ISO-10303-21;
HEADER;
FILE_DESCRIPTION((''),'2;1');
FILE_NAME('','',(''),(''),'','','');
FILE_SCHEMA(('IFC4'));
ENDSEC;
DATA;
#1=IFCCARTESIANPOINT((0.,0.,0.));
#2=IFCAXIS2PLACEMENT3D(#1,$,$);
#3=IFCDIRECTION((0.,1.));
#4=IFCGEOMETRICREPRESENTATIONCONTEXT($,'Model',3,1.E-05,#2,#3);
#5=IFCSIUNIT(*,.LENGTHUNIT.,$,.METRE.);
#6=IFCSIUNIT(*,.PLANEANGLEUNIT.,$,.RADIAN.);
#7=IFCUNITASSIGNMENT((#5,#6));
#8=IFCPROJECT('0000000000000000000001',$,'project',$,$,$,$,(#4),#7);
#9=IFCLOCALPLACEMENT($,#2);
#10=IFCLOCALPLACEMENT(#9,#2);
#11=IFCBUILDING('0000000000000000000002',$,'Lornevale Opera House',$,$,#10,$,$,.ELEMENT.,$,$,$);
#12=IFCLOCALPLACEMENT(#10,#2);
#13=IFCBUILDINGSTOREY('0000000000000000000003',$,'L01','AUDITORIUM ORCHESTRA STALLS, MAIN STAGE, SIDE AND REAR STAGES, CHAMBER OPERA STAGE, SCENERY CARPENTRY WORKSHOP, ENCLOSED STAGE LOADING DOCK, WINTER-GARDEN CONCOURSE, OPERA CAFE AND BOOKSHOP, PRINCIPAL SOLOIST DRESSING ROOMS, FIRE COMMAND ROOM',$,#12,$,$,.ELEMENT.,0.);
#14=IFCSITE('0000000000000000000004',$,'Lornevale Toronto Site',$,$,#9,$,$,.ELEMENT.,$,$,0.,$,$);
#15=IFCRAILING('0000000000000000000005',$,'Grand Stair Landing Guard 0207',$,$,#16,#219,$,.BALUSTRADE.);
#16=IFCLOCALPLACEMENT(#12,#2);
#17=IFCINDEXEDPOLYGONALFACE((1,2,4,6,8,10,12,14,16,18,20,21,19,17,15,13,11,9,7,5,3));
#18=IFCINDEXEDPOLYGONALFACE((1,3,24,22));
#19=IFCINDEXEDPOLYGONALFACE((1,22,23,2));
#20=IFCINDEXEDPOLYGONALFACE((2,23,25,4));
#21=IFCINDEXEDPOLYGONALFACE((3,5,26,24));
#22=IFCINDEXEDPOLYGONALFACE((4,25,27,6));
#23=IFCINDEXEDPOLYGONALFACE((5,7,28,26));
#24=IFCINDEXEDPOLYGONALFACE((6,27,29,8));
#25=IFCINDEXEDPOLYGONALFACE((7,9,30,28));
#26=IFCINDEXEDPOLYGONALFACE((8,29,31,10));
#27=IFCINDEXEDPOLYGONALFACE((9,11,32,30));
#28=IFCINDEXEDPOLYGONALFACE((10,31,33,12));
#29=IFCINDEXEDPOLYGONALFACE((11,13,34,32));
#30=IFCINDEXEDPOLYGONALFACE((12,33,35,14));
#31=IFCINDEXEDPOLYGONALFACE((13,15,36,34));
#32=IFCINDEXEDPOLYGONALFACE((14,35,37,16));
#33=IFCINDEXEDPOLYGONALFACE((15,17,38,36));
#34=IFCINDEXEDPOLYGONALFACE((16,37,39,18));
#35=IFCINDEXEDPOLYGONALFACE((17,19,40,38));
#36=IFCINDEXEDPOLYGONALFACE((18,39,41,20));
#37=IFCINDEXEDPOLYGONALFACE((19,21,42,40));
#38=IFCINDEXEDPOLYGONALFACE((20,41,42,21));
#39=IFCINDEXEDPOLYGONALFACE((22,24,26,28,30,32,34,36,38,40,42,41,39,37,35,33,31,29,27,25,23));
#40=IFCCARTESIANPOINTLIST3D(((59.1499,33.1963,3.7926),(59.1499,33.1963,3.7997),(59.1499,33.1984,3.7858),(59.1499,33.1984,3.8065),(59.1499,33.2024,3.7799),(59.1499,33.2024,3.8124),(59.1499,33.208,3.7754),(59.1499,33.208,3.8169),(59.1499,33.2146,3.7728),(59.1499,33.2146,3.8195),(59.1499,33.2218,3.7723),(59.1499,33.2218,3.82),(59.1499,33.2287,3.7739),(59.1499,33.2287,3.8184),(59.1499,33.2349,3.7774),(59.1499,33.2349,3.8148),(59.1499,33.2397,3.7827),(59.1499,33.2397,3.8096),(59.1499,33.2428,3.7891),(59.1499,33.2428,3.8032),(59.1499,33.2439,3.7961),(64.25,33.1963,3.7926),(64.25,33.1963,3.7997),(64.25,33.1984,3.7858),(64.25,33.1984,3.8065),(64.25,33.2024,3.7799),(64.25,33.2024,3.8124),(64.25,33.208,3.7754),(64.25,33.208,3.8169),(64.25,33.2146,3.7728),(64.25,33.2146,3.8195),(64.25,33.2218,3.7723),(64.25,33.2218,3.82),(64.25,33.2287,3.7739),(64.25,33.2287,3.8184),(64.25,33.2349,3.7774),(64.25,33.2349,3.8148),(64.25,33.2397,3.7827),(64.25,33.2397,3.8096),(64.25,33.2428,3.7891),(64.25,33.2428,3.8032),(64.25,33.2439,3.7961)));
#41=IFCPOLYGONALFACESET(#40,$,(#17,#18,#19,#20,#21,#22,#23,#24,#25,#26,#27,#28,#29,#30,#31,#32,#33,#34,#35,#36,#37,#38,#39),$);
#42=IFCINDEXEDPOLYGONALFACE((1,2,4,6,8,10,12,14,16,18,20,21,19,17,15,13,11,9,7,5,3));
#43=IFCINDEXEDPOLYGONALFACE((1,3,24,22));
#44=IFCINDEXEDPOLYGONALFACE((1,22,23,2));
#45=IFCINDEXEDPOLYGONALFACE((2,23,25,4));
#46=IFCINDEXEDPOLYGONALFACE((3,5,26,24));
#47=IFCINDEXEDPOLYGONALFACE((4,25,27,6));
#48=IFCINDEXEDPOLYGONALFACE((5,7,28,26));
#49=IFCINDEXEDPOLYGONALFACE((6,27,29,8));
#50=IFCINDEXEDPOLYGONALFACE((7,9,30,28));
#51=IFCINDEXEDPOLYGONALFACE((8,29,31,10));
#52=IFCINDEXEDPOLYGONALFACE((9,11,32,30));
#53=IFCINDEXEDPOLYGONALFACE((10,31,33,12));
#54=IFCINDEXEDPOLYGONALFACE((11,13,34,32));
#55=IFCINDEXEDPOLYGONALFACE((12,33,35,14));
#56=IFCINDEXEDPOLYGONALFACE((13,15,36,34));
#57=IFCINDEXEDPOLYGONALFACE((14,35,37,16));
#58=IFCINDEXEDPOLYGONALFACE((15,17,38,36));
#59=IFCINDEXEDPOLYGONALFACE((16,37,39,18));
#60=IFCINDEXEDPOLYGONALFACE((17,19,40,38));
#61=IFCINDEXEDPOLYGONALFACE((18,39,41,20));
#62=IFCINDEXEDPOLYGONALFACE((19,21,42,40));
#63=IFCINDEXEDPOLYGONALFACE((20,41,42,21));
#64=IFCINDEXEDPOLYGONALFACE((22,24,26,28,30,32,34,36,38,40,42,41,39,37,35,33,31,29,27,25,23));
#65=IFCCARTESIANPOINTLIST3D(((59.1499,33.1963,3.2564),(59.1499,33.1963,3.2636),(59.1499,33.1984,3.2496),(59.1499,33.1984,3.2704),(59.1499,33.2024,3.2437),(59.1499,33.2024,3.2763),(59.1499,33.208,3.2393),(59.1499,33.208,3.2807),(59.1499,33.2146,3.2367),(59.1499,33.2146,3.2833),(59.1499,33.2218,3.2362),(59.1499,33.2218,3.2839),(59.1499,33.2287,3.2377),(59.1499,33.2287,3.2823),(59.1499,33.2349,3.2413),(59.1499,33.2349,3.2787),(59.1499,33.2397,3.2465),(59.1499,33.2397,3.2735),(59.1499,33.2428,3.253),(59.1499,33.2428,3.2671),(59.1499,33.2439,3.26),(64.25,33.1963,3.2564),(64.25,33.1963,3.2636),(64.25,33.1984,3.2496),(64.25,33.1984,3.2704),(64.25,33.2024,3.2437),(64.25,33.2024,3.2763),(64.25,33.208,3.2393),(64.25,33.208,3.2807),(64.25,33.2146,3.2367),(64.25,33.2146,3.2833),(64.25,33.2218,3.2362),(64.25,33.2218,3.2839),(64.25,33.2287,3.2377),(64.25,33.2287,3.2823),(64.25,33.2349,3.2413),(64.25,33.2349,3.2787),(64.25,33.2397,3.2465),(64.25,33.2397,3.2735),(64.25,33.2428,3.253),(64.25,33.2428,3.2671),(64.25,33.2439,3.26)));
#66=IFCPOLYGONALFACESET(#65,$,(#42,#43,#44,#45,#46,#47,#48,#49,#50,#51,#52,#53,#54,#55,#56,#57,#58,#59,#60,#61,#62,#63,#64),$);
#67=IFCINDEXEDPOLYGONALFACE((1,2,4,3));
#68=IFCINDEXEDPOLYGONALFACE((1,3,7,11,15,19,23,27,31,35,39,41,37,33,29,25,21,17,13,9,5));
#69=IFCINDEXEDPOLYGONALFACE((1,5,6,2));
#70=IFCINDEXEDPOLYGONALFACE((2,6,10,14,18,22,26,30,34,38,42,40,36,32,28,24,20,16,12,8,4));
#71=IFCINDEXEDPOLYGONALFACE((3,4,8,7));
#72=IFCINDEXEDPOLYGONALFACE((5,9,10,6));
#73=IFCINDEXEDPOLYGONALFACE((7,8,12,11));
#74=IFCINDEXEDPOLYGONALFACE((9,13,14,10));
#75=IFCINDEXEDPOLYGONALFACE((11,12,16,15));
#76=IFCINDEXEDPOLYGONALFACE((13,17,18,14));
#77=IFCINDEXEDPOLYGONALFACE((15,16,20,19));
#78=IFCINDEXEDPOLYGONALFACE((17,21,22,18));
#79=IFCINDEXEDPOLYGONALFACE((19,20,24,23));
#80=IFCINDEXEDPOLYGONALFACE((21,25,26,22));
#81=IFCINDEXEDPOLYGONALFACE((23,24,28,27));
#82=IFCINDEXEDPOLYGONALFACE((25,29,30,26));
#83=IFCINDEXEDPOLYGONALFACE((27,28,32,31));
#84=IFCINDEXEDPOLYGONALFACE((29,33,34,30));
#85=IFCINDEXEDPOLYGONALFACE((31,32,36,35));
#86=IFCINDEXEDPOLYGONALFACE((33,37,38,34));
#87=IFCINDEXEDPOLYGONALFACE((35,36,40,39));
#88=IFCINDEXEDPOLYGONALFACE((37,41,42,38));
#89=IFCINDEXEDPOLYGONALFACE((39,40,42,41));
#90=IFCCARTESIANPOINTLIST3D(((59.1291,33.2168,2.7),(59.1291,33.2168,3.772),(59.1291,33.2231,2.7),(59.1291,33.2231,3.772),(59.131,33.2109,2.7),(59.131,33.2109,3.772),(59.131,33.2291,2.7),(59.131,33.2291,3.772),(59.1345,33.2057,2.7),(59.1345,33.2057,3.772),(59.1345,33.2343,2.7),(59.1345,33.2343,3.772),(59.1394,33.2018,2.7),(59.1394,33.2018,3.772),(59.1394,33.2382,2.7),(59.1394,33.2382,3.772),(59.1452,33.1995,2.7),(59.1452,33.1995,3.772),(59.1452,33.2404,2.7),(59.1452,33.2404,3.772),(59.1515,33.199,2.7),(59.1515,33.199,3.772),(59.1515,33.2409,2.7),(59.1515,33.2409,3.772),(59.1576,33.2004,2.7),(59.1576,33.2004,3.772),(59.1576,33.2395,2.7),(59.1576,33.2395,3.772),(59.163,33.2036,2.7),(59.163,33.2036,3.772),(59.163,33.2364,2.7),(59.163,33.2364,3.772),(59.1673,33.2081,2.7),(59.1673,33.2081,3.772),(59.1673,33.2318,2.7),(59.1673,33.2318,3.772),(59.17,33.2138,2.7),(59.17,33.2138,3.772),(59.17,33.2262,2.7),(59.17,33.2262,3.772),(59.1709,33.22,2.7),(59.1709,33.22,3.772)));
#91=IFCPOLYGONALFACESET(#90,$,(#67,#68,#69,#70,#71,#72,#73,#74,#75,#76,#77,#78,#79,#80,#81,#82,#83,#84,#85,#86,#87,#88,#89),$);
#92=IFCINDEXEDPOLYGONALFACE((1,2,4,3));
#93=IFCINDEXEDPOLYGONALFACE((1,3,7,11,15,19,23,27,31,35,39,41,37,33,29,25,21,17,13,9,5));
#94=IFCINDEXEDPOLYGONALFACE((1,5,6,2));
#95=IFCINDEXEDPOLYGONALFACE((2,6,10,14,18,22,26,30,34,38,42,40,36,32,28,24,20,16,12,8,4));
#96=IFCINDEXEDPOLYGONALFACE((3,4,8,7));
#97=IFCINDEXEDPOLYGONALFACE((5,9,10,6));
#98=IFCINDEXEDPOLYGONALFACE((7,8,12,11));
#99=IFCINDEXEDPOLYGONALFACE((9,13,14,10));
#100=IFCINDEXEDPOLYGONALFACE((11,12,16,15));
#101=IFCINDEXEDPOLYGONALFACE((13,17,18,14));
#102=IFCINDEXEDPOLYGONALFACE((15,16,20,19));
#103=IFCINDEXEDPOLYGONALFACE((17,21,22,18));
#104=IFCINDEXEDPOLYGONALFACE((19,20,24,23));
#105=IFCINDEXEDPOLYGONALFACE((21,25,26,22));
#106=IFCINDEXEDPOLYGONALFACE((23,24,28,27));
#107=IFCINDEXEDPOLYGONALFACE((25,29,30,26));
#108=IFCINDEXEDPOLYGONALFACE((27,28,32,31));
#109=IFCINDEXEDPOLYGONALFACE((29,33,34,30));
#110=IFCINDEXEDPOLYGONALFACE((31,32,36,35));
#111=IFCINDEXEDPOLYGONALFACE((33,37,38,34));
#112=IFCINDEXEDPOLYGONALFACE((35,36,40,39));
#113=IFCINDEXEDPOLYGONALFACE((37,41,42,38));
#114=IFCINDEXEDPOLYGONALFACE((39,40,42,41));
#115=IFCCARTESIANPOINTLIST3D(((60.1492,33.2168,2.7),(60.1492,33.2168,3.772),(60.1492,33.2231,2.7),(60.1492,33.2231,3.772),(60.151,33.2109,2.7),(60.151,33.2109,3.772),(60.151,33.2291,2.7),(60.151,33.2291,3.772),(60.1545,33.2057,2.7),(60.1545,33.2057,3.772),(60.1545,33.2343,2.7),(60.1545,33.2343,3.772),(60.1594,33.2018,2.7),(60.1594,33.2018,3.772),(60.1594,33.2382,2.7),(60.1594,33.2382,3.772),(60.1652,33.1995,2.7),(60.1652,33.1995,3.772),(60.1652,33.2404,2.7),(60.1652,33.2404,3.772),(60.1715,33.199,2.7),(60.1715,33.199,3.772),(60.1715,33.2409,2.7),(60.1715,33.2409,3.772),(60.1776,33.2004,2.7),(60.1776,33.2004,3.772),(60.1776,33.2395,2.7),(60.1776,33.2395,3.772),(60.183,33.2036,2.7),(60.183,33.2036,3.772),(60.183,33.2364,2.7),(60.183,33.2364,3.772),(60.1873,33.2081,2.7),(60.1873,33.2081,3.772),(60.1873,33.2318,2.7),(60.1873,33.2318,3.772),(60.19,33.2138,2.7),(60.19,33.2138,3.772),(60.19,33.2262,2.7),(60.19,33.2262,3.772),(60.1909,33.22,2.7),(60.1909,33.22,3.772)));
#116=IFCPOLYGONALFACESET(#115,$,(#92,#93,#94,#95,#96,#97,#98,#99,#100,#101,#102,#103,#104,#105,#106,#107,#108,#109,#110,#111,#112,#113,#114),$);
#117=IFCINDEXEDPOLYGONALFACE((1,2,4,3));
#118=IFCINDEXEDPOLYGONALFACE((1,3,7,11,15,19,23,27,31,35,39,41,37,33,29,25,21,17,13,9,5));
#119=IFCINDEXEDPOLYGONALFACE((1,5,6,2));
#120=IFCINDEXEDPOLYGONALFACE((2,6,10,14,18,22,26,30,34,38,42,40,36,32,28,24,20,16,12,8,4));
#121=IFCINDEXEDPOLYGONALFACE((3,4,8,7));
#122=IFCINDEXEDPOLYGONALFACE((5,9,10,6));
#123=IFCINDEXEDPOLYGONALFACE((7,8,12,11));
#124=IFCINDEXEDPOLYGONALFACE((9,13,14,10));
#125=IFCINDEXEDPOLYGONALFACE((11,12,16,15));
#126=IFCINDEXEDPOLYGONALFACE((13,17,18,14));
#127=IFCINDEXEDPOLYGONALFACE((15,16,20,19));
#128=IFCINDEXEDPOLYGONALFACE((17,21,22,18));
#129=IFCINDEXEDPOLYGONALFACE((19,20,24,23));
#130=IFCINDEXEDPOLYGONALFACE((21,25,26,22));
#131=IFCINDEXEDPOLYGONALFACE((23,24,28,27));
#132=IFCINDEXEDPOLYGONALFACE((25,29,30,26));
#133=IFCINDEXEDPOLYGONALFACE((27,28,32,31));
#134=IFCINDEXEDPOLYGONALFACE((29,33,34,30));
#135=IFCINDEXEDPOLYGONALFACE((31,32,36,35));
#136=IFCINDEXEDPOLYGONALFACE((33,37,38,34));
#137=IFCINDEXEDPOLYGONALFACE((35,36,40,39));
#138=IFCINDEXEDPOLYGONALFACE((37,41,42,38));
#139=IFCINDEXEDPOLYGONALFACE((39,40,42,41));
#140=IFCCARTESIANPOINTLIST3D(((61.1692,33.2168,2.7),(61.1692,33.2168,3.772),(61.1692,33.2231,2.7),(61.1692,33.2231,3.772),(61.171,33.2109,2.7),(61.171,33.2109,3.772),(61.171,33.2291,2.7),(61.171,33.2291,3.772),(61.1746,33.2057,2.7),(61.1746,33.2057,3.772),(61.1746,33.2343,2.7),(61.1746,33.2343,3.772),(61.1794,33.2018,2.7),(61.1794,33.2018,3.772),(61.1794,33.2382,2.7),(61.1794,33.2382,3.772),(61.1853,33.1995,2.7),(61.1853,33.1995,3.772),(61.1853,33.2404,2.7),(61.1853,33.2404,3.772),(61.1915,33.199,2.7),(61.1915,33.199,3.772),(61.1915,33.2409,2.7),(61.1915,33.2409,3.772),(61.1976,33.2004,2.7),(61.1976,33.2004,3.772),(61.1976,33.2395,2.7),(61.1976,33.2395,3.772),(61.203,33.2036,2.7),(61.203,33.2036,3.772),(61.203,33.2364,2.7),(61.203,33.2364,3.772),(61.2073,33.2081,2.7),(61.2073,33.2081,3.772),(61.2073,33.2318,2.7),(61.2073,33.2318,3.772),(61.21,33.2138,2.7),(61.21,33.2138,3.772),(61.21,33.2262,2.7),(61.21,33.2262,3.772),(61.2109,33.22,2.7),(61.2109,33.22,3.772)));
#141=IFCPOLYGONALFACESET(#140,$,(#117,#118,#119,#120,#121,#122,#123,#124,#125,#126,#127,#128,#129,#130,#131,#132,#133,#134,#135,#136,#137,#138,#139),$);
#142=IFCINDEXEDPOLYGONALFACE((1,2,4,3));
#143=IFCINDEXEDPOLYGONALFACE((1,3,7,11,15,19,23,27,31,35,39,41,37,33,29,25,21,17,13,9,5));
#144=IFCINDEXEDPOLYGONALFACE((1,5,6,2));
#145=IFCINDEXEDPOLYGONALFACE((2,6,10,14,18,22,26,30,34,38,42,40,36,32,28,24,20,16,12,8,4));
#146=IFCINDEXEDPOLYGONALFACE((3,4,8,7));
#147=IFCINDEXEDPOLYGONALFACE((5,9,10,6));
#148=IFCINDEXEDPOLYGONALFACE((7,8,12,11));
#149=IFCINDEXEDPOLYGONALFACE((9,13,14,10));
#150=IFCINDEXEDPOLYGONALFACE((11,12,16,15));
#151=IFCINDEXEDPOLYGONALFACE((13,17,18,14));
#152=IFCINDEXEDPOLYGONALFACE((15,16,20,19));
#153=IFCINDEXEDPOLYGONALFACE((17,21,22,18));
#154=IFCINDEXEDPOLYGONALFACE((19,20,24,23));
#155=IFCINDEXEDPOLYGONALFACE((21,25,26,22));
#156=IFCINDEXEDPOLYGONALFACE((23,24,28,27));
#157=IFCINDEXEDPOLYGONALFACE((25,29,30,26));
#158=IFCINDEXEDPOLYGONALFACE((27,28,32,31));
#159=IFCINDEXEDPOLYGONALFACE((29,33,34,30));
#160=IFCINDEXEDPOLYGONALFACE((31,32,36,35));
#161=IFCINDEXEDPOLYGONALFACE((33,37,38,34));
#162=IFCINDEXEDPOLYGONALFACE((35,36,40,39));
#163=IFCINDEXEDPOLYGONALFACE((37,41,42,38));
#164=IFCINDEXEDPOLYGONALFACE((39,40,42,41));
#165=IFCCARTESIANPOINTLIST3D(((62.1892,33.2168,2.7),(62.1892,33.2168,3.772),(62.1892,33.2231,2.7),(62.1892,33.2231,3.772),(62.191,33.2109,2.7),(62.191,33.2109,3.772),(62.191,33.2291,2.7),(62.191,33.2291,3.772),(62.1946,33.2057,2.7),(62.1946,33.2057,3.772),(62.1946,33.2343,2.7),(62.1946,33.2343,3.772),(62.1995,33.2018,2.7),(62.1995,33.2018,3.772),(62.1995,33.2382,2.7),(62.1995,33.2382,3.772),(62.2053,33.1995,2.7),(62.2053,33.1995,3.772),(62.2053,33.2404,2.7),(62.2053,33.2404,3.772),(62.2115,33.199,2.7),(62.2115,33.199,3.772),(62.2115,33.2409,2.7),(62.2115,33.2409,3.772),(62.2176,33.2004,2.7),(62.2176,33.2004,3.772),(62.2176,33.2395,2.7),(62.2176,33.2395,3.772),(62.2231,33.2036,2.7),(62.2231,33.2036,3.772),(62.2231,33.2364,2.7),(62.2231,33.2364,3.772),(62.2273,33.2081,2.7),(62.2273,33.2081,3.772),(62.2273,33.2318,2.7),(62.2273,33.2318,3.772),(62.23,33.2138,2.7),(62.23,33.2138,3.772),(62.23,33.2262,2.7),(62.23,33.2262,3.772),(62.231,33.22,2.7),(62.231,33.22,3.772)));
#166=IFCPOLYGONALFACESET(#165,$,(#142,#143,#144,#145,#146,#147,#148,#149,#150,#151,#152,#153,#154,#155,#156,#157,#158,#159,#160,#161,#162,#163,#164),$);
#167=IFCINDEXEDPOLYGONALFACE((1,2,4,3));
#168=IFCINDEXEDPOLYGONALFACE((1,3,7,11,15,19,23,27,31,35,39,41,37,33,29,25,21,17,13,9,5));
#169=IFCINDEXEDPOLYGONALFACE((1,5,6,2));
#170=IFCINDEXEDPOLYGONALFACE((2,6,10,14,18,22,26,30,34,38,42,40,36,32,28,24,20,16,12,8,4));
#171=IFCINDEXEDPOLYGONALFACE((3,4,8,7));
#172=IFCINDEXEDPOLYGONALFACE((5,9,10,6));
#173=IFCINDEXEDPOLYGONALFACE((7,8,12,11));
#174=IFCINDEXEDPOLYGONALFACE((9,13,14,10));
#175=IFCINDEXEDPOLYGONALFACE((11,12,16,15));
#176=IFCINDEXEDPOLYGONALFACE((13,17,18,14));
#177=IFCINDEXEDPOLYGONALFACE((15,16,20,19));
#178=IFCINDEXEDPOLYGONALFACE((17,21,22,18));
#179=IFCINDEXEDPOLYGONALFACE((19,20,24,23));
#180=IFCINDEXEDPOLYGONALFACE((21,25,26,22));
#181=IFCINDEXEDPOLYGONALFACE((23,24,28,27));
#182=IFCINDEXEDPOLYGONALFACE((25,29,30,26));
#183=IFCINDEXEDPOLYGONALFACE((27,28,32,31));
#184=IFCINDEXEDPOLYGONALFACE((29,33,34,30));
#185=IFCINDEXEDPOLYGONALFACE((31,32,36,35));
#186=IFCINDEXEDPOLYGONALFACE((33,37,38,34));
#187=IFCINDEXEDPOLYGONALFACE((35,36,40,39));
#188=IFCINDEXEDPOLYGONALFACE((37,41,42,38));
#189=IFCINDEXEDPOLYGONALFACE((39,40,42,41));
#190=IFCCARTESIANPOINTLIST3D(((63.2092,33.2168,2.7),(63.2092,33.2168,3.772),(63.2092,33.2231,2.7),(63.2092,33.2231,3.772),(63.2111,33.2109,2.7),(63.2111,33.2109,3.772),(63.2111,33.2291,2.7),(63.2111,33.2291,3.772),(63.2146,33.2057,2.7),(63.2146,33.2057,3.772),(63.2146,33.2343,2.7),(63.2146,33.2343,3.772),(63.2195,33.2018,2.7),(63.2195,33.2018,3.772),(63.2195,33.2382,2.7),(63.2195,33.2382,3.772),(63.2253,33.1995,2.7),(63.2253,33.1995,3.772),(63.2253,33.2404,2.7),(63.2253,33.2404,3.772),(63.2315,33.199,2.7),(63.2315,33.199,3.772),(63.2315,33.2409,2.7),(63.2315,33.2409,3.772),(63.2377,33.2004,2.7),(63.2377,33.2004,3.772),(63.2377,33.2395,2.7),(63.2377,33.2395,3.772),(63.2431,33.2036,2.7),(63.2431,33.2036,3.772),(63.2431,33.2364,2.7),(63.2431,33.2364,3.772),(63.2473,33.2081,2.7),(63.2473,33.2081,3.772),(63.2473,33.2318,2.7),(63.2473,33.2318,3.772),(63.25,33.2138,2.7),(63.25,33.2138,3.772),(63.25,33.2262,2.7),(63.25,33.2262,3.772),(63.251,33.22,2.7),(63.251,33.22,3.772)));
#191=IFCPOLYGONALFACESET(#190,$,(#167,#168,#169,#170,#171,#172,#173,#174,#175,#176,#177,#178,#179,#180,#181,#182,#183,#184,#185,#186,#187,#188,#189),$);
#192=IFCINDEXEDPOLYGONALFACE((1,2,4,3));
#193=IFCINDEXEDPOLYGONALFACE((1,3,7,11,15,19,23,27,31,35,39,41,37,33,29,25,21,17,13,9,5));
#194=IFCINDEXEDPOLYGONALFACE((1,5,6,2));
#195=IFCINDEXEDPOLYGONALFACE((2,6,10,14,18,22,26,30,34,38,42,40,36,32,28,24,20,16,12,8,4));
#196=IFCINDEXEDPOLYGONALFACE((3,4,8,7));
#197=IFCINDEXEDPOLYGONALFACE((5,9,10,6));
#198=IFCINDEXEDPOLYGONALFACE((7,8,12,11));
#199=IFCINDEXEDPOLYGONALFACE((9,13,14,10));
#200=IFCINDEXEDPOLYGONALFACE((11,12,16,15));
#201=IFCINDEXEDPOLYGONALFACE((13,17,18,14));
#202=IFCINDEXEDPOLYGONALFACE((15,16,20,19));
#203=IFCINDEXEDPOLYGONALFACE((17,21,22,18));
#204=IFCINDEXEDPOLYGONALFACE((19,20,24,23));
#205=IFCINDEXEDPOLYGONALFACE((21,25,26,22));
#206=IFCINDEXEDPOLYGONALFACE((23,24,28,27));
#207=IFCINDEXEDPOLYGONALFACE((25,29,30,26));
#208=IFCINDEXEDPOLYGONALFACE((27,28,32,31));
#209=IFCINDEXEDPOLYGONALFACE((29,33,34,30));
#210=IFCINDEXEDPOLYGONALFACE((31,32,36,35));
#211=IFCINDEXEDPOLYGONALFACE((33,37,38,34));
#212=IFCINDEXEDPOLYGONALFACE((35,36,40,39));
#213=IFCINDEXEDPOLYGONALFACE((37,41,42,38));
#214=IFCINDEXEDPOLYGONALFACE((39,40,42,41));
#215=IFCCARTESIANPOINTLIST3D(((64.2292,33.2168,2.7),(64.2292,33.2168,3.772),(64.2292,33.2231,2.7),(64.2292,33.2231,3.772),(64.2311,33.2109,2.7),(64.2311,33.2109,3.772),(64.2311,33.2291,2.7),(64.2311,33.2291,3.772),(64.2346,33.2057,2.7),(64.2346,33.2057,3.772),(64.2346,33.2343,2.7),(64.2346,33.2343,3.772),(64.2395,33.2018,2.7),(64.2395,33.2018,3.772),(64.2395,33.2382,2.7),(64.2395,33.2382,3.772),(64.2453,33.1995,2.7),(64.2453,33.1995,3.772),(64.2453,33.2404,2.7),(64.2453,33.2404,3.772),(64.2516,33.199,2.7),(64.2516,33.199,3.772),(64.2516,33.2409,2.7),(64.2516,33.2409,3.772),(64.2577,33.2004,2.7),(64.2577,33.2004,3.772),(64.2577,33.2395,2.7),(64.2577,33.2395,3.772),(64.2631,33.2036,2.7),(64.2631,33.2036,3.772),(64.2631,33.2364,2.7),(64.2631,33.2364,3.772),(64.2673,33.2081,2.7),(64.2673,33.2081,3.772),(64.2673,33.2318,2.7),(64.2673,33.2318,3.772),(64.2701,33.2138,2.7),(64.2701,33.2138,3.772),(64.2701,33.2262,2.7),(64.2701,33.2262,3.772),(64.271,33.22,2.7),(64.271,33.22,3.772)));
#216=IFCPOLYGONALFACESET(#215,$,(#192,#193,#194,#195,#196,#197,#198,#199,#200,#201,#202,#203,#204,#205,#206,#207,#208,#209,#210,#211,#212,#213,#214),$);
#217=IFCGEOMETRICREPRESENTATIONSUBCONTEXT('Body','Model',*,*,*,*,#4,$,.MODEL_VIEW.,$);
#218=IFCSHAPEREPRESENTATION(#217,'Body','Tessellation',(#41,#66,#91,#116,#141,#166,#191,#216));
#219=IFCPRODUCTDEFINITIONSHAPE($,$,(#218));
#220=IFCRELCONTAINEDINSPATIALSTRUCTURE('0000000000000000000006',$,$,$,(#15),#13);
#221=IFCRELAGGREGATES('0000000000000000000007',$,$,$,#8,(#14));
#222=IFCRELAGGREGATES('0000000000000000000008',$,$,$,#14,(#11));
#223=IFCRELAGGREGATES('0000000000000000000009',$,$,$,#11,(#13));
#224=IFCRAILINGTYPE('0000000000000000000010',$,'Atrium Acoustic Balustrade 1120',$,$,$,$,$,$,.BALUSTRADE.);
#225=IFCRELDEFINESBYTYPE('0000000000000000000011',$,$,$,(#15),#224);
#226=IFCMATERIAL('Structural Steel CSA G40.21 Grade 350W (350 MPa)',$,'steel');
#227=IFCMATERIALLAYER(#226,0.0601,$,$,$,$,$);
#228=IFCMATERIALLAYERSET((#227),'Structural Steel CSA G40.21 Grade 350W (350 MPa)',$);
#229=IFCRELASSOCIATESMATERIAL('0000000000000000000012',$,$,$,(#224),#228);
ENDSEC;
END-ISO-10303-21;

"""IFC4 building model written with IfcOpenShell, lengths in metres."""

from ifc_helpers import new_model, si_unit, direction, frame, origin, origin_2d, place, context, subcontext, project, spatial, circle, extrude, material, layer, layer_set, type_object, element, save


model = new_model("IFC4")

# Units and contexts
model_context = context("Model", 3, precision=1e-05, world=origin(), true_north=direction((0.0, 1.0)))
body_context = subcontext(model_context, "Body", "Model", "MODEL_VIEW")
ifc_project = project(units=[si_unit("LENGTHUNIT", "METRE"), si_unit("PLANEANGLEUNIT", "RADIAN")], contexts=[model_context])

# Site, building, storey
site_placement = place(None, origin())
site = spatial("IfcSite", under=ifc_project, at=site_placement, Name="Lornevale Toronto Site", CompositionType="ELEMENT", RefElevation=0.0)
building_placement = place(site_placement, origin())
building = spatial("IfcBuilding", under=site, at=building_placement, Name="Lornevale Opera House", CompositionType="ELEMENT")
storey_placement = place(building_placement, origin())
storey = spatial("IfcBuildingStorey", under=building, at=storey_placement, Name="L01", Description="AUDITORIUM ORCHESTRA STALLS, MAIN STAGE, SIDE AND REAR STAGES, CHAMBER OPERA STAGE, SCENERY CARPENTRY WORKSHOP, ENCLOSED STAGE LOADING DOCK, WINTER-GARDEN CONCOURSE, OPERA CAFE AND BOOKSHOP, PRINCIPAL SOLOIST DRESSING ROOMS, FIRE COMMAND ROOM", CompositionType="ELEMENT", Elevation=0.0)

# Shared definitions
ifc_material_1 = material(Name="Structural Steel CSA G40.21 Grade 350W (350 MPa)", Category="steel")

# Railing
ifc_layer_1 = layer(ifc_material_1, 0.0601)
ifc_layer_set_1 = layer_set([ifc_layer_1], Name="Structural Steel CSA G40.21 Grade 350W (350 MPa)")
railing_type_1 = type_object("IfcRailingType", Name="Atrium Acoustic Balustrade 1120", PredefinedType="BALUSTRADE", material=ifc_layer_set_1)
railing_1_placement = place(storey_placement, frame((59.1499, 33.22, 2.7)))
element("IfcRailing", 1, at=railing_1_placement, inside=storey, type_object=railing_type_1, Name="Grand Stair Landing Guard 0207", PredefinedType="BALUSTRADE", context=body_context, shape_type="SweptSolid", body=[
    extrude(circle(Radius=0.0239, at=origin_2d()), frame((0.0, 0.0, 1.0962), z_axis=(1.0, 0.0, 0.0), x_axis=(0.0, 1.0, 0.0)), (0.0, 0.0, 1.0), 5.1001),
    extrude(circle(Radius=0.0239, at=origin_2d()), frame((0.0, 0.0, 0.5601), z_axis=(1.0, 0.0, 0.0), x_axis=(0.0, 1.0, 0.0)), (0.0, 0.0, 1.0), 5.1001),
    extrude(circle(Radius=0.021, at=origin_2d()), origin(), (0.0, 0.0, 1.0), 1.072),
    extrude(circle(Radius=0.021, at=origin_2d()), frame((1.02, 0.0, 0.0)), (0.0, 0.0, 1.0), 1.072),
    extrude(circle(Radius=0.021, at=origin_2d()), frame((2.04, 0.0, 0.0)), (0.0, 0.0, 1.0), 1.072),
    extrude(circle(Radius=0.021, at=origin_2d()), frame((3.0601, 0.0, 0.0)), (0.0, 0.0, 1.0), 1.072),
    extrude(circle(Radius=0.021, at=origin_2d()), frame((4.0801, 0.0, 0.0)), (0.0, 0.0, 1.0), 1.072),
    extrude(circle(Radius=0.021, at=origin_2d()), frame((5.1001, 0.0, 0.0)), (0.0, 0.0, 1.0), 1.072),
])

save(model, "model.ifc")
